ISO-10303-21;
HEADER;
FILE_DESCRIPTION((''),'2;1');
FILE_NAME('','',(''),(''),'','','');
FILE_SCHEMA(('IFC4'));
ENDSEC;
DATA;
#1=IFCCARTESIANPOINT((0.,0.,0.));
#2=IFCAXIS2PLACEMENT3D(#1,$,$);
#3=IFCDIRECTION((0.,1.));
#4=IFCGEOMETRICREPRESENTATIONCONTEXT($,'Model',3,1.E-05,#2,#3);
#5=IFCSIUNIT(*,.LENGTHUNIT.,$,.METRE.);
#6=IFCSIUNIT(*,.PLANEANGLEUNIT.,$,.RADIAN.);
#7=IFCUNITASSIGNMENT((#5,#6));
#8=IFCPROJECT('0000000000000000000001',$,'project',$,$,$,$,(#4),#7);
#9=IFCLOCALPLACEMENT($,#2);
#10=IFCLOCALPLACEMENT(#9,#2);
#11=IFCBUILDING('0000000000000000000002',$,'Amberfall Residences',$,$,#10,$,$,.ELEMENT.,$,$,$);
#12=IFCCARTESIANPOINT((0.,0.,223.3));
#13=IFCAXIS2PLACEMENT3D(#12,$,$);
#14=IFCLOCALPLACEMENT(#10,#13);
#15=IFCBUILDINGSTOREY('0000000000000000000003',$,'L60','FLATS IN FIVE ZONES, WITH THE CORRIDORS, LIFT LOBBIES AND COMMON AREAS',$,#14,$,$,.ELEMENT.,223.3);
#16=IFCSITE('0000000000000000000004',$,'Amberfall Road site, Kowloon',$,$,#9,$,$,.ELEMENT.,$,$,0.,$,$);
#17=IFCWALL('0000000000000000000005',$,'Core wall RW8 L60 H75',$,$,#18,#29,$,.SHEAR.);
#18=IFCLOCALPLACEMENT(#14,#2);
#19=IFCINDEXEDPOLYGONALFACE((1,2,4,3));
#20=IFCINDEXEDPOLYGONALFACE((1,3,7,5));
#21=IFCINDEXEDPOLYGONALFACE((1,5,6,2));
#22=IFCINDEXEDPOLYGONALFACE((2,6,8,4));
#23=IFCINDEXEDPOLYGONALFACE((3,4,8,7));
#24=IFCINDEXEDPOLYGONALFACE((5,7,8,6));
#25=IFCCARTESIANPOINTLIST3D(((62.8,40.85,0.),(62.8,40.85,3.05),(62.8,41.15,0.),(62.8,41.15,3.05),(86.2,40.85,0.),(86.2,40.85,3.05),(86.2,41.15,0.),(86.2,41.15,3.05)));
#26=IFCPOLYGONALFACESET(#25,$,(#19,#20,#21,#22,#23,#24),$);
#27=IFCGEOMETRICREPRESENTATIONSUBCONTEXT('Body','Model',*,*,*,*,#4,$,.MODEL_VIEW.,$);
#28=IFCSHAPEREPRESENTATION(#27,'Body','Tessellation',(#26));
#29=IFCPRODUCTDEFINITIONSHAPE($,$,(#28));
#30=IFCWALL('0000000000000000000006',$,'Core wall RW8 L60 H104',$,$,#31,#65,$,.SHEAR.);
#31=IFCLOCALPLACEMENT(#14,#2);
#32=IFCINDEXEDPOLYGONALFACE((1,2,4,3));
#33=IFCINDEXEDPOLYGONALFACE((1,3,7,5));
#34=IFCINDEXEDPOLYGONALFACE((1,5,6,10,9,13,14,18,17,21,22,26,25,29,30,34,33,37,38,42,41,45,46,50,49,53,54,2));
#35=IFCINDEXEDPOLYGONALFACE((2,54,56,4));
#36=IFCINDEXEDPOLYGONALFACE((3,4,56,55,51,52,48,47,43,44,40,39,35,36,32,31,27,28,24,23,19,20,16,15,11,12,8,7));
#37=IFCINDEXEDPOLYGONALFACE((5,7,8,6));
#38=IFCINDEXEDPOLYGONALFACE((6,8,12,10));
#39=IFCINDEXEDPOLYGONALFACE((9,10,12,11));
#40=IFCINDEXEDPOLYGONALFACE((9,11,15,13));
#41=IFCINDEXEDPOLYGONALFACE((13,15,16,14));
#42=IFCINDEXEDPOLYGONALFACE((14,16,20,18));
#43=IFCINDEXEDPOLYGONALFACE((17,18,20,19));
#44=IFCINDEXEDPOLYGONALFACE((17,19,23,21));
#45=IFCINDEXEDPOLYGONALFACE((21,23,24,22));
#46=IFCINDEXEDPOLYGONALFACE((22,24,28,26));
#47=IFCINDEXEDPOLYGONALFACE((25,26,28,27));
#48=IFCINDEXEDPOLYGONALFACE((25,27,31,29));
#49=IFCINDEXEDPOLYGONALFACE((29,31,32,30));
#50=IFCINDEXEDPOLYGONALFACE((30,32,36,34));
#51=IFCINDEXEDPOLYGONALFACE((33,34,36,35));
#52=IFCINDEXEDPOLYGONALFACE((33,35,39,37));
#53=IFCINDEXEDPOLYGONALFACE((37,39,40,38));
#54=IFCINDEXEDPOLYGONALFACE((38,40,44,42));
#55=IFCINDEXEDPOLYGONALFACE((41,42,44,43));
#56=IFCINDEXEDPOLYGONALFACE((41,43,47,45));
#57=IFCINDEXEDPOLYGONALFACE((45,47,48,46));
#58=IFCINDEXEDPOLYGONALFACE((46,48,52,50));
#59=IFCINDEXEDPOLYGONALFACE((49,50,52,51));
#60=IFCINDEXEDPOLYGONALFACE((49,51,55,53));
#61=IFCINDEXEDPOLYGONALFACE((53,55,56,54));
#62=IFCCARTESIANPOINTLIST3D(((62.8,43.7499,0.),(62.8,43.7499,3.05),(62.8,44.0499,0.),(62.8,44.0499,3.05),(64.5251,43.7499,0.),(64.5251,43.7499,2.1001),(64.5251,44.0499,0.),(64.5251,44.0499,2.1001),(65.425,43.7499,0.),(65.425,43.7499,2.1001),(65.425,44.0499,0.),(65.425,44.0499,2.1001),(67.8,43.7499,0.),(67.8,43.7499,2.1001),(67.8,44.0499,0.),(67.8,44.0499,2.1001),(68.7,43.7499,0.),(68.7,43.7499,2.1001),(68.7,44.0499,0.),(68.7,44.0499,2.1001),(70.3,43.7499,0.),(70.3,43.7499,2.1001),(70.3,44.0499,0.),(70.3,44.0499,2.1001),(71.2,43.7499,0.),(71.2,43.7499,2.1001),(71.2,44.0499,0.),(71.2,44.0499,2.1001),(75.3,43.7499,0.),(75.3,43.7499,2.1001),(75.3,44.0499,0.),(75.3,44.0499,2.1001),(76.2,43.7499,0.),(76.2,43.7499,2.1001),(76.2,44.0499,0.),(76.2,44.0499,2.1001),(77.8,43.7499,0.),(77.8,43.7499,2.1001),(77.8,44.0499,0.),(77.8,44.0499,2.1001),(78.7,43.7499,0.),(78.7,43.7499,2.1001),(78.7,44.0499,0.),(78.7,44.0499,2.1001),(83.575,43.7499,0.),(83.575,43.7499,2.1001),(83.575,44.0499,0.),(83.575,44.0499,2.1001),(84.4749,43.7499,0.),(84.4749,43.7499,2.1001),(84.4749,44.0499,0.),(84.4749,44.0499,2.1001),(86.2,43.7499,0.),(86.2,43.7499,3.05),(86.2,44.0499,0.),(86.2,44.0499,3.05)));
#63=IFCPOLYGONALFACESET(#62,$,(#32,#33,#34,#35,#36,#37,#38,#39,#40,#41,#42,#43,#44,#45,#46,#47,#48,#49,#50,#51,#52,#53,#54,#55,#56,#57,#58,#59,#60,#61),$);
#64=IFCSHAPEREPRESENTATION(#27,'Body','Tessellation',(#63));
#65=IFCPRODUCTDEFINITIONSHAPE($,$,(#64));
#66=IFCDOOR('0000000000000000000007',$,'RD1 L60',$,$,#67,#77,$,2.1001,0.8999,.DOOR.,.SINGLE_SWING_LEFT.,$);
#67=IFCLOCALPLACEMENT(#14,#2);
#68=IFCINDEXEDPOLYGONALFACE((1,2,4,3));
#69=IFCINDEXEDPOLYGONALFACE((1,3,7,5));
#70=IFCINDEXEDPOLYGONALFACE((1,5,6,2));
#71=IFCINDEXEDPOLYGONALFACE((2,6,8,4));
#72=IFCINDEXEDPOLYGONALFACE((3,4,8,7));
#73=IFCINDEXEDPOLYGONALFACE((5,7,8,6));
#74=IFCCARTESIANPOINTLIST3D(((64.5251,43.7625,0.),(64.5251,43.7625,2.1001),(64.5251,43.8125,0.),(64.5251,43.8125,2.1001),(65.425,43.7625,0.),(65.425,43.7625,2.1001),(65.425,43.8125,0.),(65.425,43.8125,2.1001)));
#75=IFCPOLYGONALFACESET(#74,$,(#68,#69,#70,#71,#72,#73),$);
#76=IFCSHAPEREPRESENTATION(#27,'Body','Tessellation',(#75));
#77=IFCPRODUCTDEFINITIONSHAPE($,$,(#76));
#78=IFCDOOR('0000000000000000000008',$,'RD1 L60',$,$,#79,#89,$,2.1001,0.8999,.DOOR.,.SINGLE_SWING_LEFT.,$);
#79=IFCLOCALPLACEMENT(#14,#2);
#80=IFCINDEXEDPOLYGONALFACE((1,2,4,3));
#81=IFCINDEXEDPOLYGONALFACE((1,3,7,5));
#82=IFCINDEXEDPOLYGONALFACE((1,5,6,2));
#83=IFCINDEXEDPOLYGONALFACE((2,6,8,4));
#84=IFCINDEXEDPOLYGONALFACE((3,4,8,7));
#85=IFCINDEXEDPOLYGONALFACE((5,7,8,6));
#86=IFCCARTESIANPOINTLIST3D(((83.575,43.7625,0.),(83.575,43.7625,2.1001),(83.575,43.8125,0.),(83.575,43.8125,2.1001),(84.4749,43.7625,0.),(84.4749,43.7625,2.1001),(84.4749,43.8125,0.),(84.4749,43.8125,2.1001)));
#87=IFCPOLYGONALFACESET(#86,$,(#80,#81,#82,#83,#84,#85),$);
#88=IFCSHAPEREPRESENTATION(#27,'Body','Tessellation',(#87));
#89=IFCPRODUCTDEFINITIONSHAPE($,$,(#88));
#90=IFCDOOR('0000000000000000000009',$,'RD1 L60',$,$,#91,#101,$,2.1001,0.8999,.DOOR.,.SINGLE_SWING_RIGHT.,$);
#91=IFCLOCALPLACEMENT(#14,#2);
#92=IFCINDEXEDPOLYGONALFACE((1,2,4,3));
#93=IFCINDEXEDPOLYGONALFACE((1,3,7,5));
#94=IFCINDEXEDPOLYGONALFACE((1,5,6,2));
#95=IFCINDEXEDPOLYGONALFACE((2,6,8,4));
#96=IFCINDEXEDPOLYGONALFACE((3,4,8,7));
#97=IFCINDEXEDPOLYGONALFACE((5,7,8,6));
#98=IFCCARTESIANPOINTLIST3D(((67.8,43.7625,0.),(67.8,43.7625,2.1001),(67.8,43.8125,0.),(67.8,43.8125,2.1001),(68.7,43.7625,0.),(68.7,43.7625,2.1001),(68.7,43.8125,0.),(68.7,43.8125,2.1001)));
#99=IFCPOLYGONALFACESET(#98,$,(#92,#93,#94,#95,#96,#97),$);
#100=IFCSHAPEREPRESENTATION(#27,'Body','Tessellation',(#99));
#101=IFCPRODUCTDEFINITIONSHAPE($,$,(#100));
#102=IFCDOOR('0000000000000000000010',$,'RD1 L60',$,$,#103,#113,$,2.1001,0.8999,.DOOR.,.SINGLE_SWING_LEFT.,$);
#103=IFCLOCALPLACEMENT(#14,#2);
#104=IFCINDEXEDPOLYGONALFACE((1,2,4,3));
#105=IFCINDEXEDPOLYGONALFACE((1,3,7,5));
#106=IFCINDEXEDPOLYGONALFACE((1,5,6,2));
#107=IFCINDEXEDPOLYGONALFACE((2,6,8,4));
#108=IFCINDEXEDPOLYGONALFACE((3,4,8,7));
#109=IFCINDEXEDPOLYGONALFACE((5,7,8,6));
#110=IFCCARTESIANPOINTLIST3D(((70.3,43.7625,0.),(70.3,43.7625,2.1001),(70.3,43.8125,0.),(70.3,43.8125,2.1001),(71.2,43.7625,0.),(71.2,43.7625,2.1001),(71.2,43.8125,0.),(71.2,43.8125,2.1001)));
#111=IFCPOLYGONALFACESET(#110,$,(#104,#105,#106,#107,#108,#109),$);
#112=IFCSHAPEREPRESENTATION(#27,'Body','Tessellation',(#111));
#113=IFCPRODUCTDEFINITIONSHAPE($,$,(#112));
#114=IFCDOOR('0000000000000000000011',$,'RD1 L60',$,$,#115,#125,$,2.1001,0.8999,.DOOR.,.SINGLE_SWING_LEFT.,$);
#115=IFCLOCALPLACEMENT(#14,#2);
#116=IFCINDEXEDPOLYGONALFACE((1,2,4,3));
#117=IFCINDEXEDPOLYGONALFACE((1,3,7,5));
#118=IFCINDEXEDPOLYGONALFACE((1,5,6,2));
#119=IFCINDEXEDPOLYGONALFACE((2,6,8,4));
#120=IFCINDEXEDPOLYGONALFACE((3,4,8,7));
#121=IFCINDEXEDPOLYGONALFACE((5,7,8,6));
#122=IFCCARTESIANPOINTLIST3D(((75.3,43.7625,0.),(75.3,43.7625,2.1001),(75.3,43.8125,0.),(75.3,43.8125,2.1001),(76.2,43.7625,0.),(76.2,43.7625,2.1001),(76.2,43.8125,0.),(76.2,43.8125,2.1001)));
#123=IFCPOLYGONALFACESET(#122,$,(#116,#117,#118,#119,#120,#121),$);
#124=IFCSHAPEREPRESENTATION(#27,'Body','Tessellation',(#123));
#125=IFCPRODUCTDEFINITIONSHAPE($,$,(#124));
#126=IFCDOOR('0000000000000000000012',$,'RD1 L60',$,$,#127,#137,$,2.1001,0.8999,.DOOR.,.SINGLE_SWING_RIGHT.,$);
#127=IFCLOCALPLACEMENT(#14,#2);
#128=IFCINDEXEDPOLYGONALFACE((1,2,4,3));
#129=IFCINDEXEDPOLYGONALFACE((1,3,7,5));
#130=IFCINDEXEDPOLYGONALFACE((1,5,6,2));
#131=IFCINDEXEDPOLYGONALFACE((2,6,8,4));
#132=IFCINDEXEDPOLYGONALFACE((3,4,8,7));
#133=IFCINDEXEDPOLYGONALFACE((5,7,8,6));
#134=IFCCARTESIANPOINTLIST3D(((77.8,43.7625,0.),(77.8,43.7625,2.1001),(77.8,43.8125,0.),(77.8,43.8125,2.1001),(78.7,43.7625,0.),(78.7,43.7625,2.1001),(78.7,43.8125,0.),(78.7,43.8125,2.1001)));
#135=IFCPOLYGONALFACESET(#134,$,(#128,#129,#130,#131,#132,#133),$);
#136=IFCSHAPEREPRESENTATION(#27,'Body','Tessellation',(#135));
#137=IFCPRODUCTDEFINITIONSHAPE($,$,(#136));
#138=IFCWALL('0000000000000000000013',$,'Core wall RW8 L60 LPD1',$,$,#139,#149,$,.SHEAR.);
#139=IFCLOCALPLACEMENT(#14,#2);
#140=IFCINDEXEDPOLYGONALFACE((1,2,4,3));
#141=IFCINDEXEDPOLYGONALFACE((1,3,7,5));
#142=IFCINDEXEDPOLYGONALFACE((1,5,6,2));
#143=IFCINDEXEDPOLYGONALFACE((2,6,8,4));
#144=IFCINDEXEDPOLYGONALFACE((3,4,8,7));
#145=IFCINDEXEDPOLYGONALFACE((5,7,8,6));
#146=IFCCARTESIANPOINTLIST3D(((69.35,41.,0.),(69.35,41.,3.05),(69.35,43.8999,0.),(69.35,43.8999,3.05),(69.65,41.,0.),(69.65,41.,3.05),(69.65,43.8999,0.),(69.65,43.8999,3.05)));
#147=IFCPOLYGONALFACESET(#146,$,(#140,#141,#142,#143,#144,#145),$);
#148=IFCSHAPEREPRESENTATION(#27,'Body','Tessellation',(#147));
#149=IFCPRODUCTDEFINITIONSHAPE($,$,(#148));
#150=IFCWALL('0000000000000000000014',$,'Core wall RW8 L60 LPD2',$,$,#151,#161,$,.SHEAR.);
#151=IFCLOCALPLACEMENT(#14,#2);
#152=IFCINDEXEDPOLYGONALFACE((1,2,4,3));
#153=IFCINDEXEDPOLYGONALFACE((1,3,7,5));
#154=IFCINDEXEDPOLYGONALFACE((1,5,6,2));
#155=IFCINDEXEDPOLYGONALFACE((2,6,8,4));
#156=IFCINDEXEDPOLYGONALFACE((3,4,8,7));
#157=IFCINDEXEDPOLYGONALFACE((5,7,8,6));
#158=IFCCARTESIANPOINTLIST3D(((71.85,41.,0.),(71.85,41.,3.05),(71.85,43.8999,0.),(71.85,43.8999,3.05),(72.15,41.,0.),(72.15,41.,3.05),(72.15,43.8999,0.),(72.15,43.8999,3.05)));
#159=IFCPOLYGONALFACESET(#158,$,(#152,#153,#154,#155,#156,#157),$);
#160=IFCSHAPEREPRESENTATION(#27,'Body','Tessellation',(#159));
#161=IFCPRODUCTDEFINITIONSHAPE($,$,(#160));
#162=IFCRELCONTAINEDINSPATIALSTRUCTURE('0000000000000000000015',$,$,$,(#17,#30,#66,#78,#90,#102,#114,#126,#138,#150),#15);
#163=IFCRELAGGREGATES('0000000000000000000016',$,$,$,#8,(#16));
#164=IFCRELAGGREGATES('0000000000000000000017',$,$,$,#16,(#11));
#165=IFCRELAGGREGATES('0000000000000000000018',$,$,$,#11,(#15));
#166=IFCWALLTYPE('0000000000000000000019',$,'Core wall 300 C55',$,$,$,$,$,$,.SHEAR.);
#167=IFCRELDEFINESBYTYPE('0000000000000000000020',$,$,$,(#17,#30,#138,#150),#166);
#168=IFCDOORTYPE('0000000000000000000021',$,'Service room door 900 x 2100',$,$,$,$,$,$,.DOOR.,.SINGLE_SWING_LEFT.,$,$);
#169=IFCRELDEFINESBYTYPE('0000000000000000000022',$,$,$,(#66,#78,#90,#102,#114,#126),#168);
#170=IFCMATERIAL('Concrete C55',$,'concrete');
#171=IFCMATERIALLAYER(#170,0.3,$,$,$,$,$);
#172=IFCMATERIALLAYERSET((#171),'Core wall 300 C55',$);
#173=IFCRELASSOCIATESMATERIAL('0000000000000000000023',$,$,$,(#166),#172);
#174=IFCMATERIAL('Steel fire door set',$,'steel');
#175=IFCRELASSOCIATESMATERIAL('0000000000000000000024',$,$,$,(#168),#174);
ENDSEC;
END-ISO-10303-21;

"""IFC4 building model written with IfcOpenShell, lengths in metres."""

from ifc_helpers import new_model, si_unit, direction, frame, frame_2d, origin, place, context, subcontext, project, spatial, rectangle, extrude, material, layer, layer_set, type_object, element, fill, save


model = new_model("IFC4")

# Units and contexts
model_context = context("Model", 3, precision=1e-05, world=origin(), true_north=direction((0.0, 1.0)))
body_context = subcontext(model_context, "Body", "Model", "MODEL_VIEW")
ifc_project = project(units=[si_unit("LENGTHUNIT", "METRE"), si_unit("PLANEANGLEUNIT", "RADIAN")], contexts=[model_context])

# Site, building, storey
site_placement = place(None, origin())
site = spatial("IfcSite", under=ifc_project, at=site_placement, Name="Amberfall Road site, Kowloon", CompositionType="ELEMENT", RefElevation=0.0)
building_placement = place(site_placement, origin())
building = spatial("IfcBuilding", under=site, at=building_placement, Name="Amberfall Residences", CompositionType="ELEMENT")
storey_placement = place(building_placement, frame((0.0, 0.0, 223.3)))
storey = spatial("IfcBuildingStorey", under=building, at=storey_placement, Name="L60", Description="FLATS IN FIVE ZONES, WITH THE CORRIDORS, LIFT LOBBIES AND COMMON AREAS", CompositionType="ELEMENT", Elevation=223.3)

# Wall
ifc_material_1 = material(Name="Concrete C55", Category="concrete")
ifc_layer = layer(ifc_material_1, 0.3)
ifc_layer_set = layer_set([ifc_layer], Name="Core wall 300 C55")
wall_type = type_object("IfcWallType", Name="Core wall 300 C55", PredefinedType="SHEAR", material=ifc_layer_set)
wall_1_placement = place(storey_placement, frame((62.8, 41.0, 0.0), z_axis=(0.0, 0.0, 1.0), x_axis=(1.0, 0.0, 0.0)))
element("IfcWall", 1, at=wall_1_placement, inside=storey, type_object=wall_type, Name="Core wall RW8 L60 H75", PredefinedType="SHEAR", context=body_context, shape_type="SweptSolid", body=[
    extrude(rectangle(XDim=23.3999, YDim=0.3, at=frame_2d((11.7, 0.0))), origin(), (0.0, 0.0, 1.0), 3.05),
])

# Wall, openings, doors
wall_2_placement = place(storey_placement, frame((62.8, 43.8999, 0.0), z_axis=(0.0, 0.0, 1.0), x_axis=(1.0, 0.0, 0.0)))
wall_2 = element("IfcWall", 2, at=wall_2_placement, inside=storey, type_object=wall_type, Name="Core wall RW8 L60 H104", PredefinedType="SHEAR", context=body_context, shape_type="SweptSolid", body=[
    extrude(rectangle(XDim=23.3999, YDim=0.3, at=frame_2d((11.7, 0.0))), origin(), (0.0, 0.0, 1.0), 3.05),
])
opening_1_placement = place(wall_2_placement, frame((1.7251, 0.0, 0.0)))
opening_1 = element("IfcOpeningElement", 3, at=opening_1_placement, cuts=wall_2, PredefinedType="OPENING", context=body_context, shape_type="SweptSolid", body=[
    extrude(rectangle(XDim=0.8999, YDim=2.1001, at=frame_2d((0.45, 1.05))), frame((0.0, 0.1599, 0.0), z_axis=(0.0, -1.0, 0.0), x_axis=(1.0, 0.0, 0.0)), (0.0, 0.0, 1.0), 0.3201),
])
opening_2_placement = place(wall_2_placement, frame((20.7749, 0.0, 0.0)))
opening_2 = element("IfcOpeningElement", 4, at=opening_2_placement, cuts=wall_2, PredefinedType="OPENING", context=body_context, shape_type="SweptSolid", body=[
    extrude(rectangle(XDim=0.8999, YDim=2.1001, at=frame_2d((0.45, 1.05))), frame((0.0, 0.1599, 0.0), z_axis=(0.0, -1.0, 0.0), x_axis=(1.0, 0.0, 0.0)), (0.0, 0.0, 1.0), 0.3201),
])
opening_3_placement = place(wall_2_placement, frame((5.0, 0.0, 0.0)))
opening_3 = element("IfcOpeningElement", 5, at=opening_3_placement, cuts=wall_2, PredefinedType="OPENING", context=body_context, shape_type="SweptSolid", body=[
    extrude(rectangle(XDim=0.8999, YDim=2.1001, at=frame_2d((0.45, 1.05))), frame((0.0, 0.1599, 0.0), z_axis=(0.0, -1.0, 0.0), x_axis=(1.0, 0.0, 0.0)), (0.0, 0.0, 1.0), 0.3201),
])
opening_4_placement = place(wall_2_placement, frame((7.5, 0.0, 0.0)))
opening_4 = element("IfcOpeningElement", 6, at=opening_4_placement, cuts=wall_2, PredefinedType="OPENING", context=body_context, shape_type="SweptSolid", body=[
    extrude(rectangle(XDim=0.8999, YDim=2.1001, at=frame_2d((0.45, 1.05))), frame((0.0, 0.1599, 0.0), z_axis=(0.0, -1.0, 0.0), x_axis=(1.0, 0.0, 0.0)), (0.0, 0.0, 1.0), 0.3201),
])
opening_5_placement = place(wall_2_placement, frame((12.5, 0.0, 0.0)))
opening_5 = element("IfcOpeningElement", 7, at=opening_5_placement, cuts=wall_2, PredefinedType="OPENING", context=body_context, shape_type="SweptSolid", body=[
    extrude(rectangle(XDim=0.8999, YDim=2.1001, at=frame_2d((0.45, 1.05))), frame((0.0, 0.1599, 0.0), z_axis=(0.0, -1.0, 0.0), x_axis=(1.0, 0.0, 0.0)), (0.0, 0.0, 1.0), 0.3201),
])
opening_6_placement = place(wall_2_placement, frame((15.0, 0.0, 0.0)))
opening_6 = element("IfcOpeningElement", 8, at=opening_6_placement, cuts=wall_2, PredefinedType="OPENING", context=body_context, shape_type="SweptSolid", body=[
    extrude(rectangle(XDim=0.8999, YDim=2.1001, at=frame_2d((0.45, 1.05))), frame((0.0, 0.1599, 0.0), z_axis=(0.0, -1.0, 0.0), x_axis=(1.0, 0.0, 0.0)), (0.0, 0.0, 1.0), 0.3201),
])
ifc_material_2 = material(Name="Steel fire door set", Category="steel")
door_type_1 = type_object("IfcDoorType", Name="Service room door 900 x 2100", OperationType="SINGLE_SWING_LEFT", PredefinedType="DOOR", material=ifc_material_2)
door_1_placement = place(opening_1_placement, origin())
door_1 = element("IfcDoor", 9, at=door_1_placement, inside=storey, type_object=door_type_1, Name="RD1 L60", OperationType="SINGLE_SWING_LEFT", OverallHeight=2.1001, OverallWidth=0.8999, PredefinedType="DOOR", context=body_context, shape_type="SweptSolid", body=[
    extrude(rectangle(XDim=0.8999, YDim=2.1001, at=frame_2d((0.45, 1.05))), frame((0.0, -0.0874, 0.0), z_axis=(0.0, -1.0, 0.0), x_axis=(1.0, 0.0, 0.0)), (0.0, 0.0, 1.0), 0.05),
])
fill(opening_1, door_1)
door_2_placement = place(opening_2_placement, origin())
door_2 = element("IfcDoor", 10, at=door_2_placement, inside=storey, type_object=door_type_1, Name="RD1 L60", OperationType="SINGLE_SWING_LEFT", OverallHeight=2.1001, OverallWidth=0.8999, PredefinedType="DOOR", context=body_context, shape_type="SweptSolid", body=[
    extrude(rectangle(XDim=0.8999, YDim=2.1001, at=frame_2d((0.45, 1.05))), frame((0.0, -0.0874, 0.0), z_axis=(0.0, -1.0, 0.0), x_axis=(1.0, 0.0, 0.0)), (0.0, 0.0, 1.0), 0.05),
])
fill(opening_2, door_2)
door_3_placement = place(opening_3_placement, origin())
door_3 = element("IfcDoor", 11, at=door_3_placement, inside=storey, type_object=door_type_1, Name="RD1 L60", OperationType="SINGLE_SWING_RIGHT", OverallHeight=2.1001, OverallWidth=0.8999, PredefinedType="DOOR", context=body_context, shape_type="SweptSolid", body=[
    extrude(rectangle(XDim=0.8999, YDim=2.1001, at=frame_2d((0.45, 1.05))), frame((0.0, -0.0874, 0.0), z_axis=(0.0, -1.0, 0.0), x_axis=(1.0, 0.0, 0.0)), (0.0, 0.0, 1.0), 0.05),
])
fill(opening_3, door_3)
door_4_placement = place(opening_4_placement, origin())
door_4 = element("IfcDoor", 12, at=door_4_placement, inside=storey, type_object=door_type_1, Name="RD1 L60", OperationType="SINGLE_SWING_LEFT", OverallHeight=2.1001, OverallWidth=0.8999, PredefinedType="DOOR", context=body_context, shape_type="SweptSolid", body=[
    extrude(rectangle(XDim=0.8999, YDim=2.1001, at=frame_2d((0.45, 1.05))), frame((0.0, -0.0874, 0.0), z_axis=(0.0, -1.0, 0.0), x_axis=(1.0, 0.0, 0.0)), (0.0, 0.0, 1.0), 0.05),
])
fill(opening_4, door_4)
door_5_placement = place(opening_5_placement, origin())
door_5 = element("IfcDoor", 13, at=door_5_placement, inside=storey, type_object=door_type_1, Name="RD1 L60", OperationType="SINGLE_SWING_LEFT", OverallHeight=2.1001, OverallWidth=0.8999, PredefinedType="DOOR", context=body_context, shape_type="SweptSolid", body=[
    extrude(rectangle(XDim=0.8999, YDim=2.1001, at=frame_2d((0.45, 1.05))), frame((0.0, -0.0874, 0.0), z_axis=(0.0, -1.0, 0.0), x_axis=(1.0, 0.0, 0.0)), (0.0, 0.0, 1.0), 0.05),
])
fill(opening_5, door_5)
door_6_placement = place(opening_6_placement, origin())
door_6 = element("IfcDoor", 14, at=door_6_placement, inside=storey, type_object=door_type_1, Name="RD1 L60", OperationType="SINGLE_SWING_RIGHT", OverallHeight=2.1001, OverallWidth=0.8999, PredefinedType="DOOR", context=body_context, shape_type="SweptSolid", body=[
    extrude(rectangle(XDim=0.8999, YDim=2.1001, at=frame_2d((0.45, 1.05))), frame((0.0, -0.0874, 0.0), z_axis=(0.0, -1.0, 0.0), x_axis=(1.0, 0.0, 0.0)), (0.0, 0.0, 1.0), 0.05),
])
fill(opening_6, door_6)

# Walls
for number, where, z_axis, x_axis, name in (
    (15, (69.5, 41.0, 0.0), (0.0, 0.0, 1.0), (0.0, 1.0, 0.0), "Core wall RW8 L60 LPD1"),
    (16, (72.0, 41.0, 0.0), (0.0, 0.0, 1.0), (0.0, 1.0, 0.0), "Core wall RW8 L60 LPD2"),
):
    element("IfcWall", number, at=place(storey_placement, frame(where, z_axis=z_axis, x_axis=x_axis)), inside=storey, type_object=wall_type, Name=name, PredefinedType="SHEAR", context=body_context, shape_type="SweptSolid", body=[
        extrude(rectangle(XDim=2.8999, YDim=0.3, at=frame_2d((1.45, 0.0))), origin(), (0.0, 0.0, 1.0), 3.05),
    ])

save(model, "model.ifc")
